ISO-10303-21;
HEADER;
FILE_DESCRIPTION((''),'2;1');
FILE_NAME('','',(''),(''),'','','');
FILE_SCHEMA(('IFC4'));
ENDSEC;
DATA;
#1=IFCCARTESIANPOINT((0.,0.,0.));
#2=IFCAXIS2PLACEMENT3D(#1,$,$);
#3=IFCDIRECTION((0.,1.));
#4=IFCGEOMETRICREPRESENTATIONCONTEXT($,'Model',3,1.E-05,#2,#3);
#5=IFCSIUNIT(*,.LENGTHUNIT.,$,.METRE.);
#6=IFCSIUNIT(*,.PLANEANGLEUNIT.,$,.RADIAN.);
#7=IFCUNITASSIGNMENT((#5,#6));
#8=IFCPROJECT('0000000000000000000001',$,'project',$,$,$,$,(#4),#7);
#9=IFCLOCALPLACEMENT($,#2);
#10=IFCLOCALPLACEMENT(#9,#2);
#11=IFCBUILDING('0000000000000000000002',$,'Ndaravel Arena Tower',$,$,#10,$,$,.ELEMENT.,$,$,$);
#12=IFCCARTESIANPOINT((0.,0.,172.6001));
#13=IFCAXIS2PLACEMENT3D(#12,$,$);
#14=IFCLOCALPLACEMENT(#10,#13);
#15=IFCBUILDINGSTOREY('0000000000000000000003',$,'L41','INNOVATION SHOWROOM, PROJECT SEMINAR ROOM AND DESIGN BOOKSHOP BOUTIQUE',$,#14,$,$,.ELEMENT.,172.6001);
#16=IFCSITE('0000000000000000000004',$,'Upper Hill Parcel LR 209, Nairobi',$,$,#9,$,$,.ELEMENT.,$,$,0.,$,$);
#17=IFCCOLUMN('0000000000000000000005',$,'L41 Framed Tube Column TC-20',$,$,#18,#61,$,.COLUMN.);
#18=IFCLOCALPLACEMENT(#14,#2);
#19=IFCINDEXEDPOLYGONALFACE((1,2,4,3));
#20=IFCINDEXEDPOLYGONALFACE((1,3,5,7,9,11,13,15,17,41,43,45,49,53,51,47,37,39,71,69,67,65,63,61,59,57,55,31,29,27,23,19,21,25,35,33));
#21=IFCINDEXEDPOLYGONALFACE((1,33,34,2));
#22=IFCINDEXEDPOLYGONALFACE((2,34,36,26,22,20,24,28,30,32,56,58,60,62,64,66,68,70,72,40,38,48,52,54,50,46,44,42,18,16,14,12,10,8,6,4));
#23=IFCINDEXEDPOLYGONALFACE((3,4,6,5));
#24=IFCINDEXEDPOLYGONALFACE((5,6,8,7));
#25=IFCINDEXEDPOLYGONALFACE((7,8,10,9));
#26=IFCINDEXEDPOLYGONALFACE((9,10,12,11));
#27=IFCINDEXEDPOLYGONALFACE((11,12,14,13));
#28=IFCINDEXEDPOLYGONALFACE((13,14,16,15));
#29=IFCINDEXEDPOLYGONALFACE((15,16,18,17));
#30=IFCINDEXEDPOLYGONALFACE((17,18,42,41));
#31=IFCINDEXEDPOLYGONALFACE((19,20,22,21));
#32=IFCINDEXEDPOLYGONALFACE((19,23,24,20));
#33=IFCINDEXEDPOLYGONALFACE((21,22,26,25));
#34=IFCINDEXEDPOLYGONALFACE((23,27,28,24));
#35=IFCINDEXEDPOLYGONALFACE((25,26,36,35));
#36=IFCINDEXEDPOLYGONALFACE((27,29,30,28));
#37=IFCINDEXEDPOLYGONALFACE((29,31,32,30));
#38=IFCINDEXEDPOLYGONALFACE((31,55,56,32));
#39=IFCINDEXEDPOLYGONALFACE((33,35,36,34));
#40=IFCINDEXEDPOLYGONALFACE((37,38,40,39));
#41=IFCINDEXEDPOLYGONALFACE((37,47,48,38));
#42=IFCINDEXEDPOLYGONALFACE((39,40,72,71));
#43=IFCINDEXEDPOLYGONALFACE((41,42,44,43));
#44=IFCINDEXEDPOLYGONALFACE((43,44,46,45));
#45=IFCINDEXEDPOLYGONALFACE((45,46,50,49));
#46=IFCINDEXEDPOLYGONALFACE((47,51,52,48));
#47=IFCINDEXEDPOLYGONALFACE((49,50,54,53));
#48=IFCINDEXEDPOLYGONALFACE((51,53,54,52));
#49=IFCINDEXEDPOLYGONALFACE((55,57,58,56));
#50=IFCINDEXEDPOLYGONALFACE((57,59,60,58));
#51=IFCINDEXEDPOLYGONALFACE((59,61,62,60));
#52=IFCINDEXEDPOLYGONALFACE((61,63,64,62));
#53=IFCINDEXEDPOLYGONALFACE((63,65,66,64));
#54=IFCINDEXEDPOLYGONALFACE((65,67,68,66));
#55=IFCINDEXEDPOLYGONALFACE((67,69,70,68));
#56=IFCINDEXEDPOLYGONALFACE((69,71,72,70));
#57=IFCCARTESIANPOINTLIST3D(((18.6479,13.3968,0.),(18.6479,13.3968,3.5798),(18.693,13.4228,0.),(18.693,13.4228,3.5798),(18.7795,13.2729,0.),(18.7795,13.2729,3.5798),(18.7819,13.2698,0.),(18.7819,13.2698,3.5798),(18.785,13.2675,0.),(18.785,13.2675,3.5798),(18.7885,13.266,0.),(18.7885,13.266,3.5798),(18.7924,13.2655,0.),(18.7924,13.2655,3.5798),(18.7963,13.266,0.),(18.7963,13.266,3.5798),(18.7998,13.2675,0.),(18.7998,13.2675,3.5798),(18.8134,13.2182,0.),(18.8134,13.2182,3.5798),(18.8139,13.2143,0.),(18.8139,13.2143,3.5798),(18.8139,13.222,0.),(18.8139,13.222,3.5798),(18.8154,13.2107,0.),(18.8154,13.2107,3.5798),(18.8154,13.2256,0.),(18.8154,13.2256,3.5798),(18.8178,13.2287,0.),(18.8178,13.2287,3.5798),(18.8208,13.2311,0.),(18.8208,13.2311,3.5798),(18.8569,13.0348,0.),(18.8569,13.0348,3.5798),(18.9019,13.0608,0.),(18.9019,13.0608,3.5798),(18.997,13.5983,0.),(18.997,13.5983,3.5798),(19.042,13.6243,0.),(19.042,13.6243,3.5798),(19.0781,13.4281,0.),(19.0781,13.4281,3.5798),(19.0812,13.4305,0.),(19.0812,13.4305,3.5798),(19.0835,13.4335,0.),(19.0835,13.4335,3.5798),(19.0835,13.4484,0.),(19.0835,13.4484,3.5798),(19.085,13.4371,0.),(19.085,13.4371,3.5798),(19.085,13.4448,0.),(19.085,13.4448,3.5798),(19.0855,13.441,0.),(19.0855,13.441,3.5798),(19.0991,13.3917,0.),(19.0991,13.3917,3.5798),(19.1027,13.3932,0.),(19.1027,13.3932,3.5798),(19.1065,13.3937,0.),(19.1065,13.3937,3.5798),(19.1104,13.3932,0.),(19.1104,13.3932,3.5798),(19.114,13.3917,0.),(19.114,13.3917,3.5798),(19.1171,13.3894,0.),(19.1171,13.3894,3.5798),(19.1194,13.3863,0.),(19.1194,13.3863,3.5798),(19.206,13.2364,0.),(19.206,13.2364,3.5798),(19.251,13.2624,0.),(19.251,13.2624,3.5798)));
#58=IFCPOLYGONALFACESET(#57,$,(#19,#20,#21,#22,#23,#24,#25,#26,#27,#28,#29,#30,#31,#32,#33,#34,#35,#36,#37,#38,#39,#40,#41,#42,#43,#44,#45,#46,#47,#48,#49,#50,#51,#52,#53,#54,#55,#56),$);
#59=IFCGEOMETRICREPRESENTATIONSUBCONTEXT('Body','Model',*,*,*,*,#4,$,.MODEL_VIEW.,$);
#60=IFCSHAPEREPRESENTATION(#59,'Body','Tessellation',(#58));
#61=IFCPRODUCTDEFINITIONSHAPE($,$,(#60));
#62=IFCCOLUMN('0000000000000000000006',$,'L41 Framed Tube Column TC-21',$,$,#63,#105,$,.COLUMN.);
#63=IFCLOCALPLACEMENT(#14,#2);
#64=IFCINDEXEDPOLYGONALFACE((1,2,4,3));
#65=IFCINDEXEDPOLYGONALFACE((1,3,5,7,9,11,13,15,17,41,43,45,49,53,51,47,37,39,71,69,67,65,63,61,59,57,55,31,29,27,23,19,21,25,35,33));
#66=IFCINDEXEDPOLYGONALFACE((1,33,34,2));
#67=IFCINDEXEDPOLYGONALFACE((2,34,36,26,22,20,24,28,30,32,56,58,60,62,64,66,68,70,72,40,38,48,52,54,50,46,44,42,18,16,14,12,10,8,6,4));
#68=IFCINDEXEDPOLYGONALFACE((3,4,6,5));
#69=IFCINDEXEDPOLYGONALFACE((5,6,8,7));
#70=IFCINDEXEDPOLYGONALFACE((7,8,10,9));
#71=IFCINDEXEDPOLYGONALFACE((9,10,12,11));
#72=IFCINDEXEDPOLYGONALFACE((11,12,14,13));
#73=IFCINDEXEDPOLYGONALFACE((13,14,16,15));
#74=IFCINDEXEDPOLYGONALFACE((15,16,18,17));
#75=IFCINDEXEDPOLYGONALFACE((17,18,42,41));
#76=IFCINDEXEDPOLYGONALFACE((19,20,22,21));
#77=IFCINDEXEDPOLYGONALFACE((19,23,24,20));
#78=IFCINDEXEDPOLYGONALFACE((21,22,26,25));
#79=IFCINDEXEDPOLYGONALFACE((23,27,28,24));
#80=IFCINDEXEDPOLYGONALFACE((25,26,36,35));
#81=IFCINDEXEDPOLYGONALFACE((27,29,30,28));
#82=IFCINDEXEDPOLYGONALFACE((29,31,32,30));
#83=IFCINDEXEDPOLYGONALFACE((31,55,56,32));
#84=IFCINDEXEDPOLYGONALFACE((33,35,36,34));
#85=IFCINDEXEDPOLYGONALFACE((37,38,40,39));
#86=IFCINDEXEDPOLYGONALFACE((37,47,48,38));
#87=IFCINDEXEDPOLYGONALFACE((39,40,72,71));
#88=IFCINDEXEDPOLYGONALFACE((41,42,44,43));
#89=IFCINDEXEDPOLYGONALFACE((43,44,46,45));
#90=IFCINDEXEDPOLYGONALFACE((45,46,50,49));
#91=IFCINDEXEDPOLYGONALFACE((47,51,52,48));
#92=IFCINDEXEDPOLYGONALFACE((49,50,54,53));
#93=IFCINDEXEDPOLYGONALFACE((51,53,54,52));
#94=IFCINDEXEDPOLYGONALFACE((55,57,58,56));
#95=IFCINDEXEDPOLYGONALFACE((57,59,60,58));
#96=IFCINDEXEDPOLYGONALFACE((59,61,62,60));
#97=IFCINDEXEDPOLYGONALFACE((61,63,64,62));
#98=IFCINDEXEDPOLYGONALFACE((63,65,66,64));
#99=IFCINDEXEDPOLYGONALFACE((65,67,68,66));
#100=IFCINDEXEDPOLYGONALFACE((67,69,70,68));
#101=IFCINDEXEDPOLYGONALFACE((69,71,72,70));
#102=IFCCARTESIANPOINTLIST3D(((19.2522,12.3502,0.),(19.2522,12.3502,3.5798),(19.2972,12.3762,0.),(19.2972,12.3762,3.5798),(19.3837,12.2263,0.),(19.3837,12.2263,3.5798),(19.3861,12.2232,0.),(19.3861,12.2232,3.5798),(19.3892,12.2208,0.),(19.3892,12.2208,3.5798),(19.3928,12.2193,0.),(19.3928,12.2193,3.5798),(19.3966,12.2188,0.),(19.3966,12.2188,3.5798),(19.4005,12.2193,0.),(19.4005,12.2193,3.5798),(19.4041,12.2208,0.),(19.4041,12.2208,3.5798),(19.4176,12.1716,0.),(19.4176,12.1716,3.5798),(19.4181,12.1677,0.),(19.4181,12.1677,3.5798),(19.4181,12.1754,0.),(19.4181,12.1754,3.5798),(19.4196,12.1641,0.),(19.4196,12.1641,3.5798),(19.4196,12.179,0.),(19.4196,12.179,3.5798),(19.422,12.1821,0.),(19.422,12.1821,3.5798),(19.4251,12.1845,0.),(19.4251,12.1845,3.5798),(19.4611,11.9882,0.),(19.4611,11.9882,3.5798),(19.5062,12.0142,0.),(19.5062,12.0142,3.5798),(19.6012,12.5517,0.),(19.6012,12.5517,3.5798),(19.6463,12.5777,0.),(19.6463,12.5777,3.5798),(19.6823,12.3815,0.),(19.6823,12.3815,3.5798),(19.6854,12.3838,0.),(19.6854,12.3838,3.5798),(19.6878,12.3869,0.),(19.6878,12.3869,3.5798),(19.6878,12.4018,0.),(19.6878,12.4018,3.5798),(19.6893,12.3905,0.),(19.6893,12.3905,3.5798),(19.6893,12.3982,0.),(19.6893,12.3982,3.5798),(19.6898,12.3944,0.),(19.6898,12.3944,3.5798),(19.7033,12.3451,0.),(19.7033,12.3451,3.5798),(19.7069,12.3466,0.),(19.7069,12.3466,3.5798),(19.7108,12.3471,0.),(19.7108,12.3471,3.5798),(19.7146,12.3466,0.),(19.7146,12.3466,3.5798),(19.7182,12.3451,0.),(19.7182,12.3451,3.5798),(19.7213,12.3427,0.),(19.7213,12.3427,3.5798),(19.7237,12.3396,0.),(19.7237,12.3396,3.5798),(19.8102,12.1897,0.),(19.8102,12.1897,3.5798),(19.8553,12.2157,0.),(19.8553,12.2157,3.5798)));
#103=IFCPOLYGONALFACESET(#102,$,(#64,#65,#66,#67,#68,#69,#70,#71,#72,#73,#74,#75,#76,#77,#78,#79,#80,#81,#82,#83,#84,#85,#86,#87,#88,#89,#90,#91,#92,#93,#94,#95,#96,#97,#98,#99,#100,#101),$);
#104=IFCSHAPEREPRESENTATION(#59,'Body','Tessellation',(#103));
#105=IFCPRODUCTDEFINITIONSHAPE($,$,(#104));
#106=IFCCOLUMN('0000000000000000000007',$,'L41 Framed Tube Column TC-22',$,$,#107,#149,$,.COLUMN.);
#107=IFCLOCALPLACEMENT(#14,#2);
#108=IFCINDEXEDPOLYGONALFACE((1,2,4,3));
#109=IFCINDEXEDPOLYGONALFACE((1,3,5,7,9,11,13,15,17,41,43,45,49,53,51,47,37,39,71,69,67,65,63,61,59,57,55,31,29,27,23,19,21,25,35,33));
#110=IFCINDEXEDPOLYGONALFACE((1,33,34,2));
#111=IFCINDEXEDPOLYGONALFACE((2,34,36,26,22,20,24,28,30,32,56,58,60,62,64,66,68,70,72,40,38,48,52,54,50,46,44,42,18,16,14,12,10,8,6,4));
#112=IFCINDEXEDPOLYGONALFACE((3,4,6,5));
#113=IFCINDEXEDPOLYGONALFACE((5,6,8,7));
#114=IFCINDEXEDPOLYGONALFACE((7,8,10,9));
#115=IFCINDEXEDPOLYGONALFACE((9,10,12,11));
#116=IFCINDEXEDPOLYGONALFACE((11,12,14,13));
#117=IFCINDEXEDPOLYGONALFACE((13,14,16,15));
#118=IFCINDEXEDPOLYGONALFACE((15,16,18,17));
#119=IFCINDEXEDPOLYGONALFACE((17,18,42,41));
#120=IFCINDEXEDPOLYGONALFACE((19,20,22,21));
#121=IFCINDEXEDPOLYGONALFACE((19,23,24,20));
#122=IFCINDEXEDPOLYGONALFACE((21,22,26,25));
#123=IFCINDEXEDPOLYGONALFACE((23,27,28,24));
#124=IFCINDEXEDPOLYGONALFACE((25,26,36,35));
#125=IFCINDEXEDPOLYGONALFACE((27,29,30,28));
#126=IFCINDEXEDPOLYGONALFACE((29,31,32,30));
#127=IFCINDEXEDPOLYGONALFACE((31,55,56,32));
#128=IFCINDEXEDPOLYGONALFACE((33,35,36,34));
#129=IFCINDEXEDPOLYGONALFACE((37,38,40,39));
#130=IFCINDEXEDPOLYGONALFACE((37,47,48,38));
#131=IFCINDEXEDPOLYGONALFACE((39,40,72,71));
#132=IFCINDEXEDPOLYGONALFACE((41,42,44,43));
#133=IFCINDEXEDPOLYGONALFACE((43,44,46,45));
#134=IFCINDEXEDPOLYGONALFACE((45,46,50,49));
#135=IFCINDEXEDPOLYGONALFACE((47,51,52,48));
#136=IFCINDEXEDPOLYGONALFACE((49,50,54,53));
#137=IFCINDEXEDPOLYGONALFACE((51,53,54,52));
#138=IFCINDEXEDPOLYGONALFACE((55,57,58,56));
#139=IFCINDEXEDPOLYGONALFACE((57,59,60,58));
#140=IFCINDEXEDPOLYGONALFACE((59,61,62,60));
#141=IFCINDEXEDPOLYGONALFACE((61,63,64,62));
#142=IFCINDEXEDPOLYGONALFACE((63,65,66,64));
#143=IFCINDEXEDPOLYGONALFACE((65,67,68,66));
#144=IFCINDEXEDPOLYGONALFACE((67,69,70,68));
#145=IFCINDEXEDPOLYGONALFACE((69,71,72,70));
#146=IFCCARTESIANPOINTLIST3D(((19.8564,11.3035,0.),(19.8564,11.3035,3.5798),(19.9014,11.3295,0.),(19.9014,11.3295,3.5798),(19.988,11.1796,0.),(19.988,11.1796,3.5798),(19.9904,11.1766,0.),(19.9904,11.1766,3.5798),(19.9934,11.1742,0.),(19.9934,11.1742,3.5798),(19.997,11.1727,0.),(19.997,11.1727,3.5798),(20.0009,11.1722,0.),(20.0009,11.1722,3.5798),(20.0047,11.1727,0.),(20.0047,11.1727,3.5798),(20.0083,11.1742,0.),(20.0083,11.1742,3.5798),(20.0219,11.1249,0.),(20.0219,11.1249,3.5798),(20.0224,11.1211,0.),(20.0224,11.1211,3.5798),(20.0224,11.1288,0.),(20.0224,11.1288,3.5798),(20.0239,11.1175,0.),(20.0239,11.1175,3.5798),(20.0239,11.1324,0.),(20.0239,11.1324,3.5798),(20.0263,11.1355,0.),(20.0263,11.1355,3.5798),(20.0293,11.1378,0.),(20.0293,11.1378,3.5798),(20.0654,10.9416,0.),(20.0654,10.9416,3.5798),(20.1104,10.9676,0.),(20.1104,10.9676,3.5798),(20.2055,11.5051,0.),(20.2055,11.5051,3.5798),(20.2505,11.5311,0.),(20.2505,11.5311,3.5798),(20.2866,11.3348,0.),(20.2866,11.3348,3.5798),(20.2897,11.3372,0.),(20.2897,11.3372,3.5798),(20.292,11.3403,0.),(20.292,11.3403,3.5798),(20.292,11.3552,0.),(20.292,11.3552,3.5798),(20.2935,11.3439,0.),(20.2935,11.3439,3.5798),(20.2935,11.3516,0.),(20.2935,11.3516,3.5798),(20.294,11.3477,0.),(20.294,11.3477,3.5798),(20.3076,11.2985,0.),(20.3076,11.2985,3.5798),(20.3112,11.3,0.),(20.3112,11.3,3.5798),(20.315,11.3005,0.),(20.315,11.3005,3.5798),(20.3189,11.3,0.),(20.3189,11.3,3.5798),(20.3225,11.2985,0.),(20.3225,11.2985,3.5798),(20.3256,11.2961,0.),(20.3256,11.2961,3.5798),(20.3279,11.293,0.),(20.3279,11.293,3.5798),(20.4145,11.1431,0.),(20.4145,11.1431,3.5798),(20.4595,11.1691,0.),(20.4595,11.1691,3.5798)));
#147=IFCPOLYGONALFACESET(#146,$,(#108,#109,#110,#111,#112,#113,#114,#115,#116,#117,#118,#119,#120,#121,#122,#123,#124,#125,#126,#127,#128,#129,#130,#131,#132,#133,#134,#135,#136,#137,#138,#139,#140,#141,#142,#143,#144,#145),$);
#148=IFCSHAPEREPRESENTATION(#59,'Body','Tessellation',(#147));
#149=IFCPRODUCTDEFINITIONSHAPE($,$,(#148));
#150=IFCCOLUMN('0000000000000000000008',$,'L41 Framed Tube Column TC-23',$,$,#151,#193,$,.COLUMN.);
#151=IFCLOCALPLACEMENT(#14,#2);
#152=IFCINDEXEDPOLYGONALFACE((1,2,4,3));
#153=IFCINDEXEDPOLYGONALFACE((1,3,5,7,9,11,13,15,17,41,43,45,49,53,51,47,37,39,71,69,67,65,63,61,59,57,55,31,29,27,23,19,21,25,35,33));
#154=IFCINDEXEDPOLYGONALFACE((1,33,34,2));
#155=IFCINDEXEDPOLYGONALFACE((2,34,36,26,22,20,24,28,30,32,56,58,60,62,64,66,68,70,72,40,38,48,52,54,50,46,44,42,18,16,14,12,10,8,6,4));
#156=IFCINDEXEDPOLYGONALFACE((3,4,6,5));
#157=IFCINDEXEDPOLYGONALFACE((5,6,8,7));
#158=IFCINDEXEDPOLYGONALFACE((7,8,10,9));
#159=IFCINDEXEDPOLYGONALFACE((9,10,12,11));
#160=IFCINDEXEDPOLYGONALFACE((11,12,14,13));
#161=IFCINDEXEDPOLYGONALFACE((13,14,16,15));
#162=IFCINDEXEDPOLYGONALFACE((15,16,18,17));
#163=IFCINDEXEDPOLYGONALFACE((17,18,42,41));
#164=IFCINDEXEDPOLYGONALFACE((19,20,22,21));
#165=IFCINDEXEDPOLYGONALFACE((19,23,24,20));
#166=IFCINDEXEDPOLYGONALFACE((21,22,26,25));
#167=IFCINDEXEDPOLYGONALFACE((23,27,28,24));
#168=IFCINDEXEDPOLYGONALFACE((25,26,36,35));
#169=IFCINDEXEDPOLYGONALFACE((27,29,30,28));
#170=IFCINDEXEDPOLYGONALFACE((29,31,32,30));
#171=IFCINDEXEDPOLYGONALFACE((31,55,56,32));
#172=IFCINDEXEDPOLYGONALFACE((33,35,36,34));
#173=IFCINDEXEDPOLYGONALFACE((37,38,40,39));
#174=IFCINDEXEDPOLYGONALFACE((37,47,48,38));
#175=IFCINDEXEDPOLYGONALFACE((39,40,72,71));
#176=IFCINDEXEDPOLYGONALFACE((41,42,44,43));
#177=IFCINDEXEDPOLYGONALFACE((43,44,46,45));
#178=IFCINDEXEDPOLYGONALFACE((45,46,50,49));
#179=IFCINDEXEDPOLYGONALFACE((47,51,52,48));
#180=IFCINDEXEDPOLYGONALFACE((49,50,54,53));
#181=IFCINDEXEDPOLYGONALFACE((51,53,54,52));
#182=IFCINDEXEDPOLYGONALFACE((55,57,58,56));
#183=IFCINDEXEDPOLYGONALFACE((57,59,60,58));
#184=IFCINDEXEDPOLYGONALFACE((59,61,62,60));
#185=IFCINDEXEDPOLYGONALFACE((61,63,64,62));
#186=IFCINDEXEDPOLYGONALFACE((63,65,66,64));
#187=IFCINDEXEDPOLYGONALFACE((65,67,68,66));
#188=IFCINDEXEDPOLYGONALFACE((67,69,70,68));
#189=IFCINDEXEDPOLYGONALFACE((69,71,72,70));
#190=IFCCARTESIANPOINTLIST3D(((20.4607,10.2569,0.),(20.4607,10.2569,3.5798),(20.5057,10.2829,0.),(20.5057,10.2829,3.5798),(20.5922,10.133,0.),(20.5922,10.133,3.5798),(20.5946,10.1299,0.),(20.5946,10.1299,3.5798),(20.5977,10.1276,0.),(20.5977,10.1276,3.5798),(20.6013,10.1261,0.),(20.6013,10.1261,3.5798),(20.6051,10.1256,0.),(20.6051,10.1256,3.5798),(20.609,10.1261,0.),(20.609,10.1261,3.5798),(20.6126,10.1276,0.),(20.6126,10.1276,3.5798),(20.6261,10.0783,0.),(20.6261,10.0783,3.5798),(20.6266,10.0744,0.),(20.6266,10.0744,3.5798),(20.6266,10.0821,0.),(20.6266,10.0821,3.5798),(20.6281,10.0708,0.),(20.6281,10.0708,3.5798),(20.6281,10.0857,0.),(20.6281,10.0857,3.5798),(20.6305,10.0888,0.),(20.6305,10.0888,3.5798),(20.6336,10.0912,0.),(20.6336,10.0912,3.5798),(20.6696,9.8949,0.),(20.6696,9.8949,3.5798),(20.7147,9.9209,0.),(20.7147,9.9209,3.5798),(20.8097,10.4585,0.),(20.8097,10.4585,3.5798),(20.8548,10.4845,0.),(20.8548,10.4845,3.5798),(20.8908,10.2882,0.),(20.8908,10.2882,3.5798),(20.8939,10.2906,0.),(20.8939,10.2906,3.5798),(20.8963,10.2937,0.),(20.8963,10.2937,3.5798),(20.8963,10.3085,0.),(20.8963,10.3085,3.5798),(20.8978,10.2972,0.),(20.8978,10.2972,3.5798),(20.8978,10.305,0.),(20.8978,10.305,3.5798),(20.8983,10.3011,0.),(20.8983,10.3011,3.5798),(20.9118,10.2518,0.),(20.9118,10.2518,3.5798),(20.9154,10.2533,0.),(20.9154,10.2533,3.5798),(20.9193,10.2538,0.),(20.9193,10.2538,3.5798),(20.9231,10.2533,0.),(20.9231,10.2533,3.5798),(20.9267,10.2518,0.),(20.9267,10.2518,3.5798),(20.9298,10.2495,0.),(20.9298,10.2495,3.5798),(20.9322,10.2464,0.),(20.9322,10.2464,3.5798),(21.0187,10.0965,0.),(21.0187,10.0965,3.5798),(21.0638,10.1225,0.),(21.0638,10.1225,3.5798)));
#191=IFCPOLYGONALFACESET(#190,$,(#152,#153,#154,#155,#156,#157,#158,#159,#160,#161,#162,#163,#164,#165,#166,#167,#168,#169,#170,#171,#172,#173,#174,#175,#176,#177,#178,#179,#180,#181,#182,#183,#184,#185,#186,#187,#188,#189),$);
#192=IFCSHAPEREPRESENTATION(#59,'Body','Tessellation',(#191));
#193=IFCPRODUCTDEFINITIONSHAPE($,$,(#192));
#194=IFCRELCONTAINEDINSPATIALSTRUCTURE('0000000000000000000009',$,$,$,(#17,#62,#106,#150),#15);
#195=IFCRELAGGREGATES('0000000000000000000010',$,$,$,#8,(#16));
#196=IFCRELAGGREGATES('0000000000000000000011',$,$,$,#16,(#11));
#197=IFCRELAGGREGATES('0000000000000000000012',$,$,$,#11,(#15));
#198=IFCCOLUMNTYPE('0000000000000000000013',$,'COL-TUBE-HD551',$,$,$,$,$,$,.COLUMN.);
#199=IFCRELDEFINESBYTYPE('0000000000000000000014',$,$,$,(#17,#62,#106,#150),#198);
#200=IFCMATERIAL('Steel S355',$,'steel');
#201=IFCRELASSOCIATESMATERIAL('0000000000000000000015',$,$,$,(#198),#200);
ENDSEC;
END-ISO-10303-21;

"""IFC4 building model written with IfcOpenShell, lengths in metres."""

from ifc_helpers import new_model, si_unit, direction, frame, origin, origin_2d, place, context, subcontext, project, spatial, i_section, extrude, material, material_profile, profile_set, type_object, element, save


model = new_model("IFC4")

# Units and contexts
model_context = context("Model", 3, precision=1e-05, world=origin(), true_north=direction((0.0, 1.0)))
body_context = subcontext(model_context, "Body", "Model", "MODEL_VIEW")
ifc_project = project(units=[si_unit("LENGTHUNIT", "METRE"), si_unit("PLANEANGLEUNIT", "RADIAN")], contexts=[model_context])

# Site, building, storey
site_placement = place(None, origin())
site = spatial("IfcSite", under=ifc_project, at=site_placement, Name="Upper Hill Parcel LR 209, Nairobi", CompositionType="ELEMENT", RefElevation=0.0)
building_placement = place(site_placement, origin())
building = spatial("IfcBuilding", under=site, at=building_placement, Name="Ndaravel Arena Tower", CompositionType="ELEMENT")
storey_placement = place(building_placement, frame((0.0, 0.0, 172.6001)))
storey = spatial("IfcBuildingStorey", under=building, at=storey_placement, Name="L41", Description="INNOVATION SHOWROOM, PROJECT SEMINAR ROOM AND DESIGN BOOKSHOP BOUTIQUE", CompositionType="ELEMENT", Elevation=172.6001)

# Columns
ifc_material_1 = material(Name="Steel S355", Category="steel")
ifc_material_profile_1 = material_profile(ifc_material_1, i_section(OverallWidth=0.418, OverallDepth=0.4551, WebThickness=0.042, FlangeThickness=0.052, FilletRadius=0.0149, at=origin_2d()), Name="HD 400x551")
ifc_profile_set_1 = profile_set([ifc_material_profile_1], Name="Steel S355")
column_type = type_object("IfcColumnType", Name="COL-TUBE-HD551", PredefinedType="COLUMN", material=ifc_profile_set_1)
for number, where, z_axis, x_axis, name in (
    (1, (18.9495, 13.3296, 0.0), (0.0, 0.0, 1.0), (-0.5, 0.866025, 0.0), "L41 Framed Tube Column TC-20"),
    (2, (19.5537, 12.283, 0.0), (0.0, 0.0, 1.0), (-0.5, 0.866025, 0.0), "L41 Framed Tube Column TC-21"),
    (3, (20.158, 11.2363, 0.0), (0.0, 0.0, 1.0), (-0.5, 0.866025, 0.0), "L41 Framed Tube Column TC-22"),
    (4, (20.7622, 10.1897, 0.0), (0.0, 0.0, 1.0), (-0.5, 0.866025, 0.0), "L41 Framed Tube Column TC-23"),
):
    element("IfcColumn", number, at=place(storey_placement, frame(where, z_axis=z_axis, x_axis=x_axis)), inside=storey, type_object=column_type, Name=name, PredefinedType="COLUMN", context=body_context, shape_type="SweptSolid", body=[
        extrude(i_section(OverallWidth=0.418, OverallDepth=0.4551, WebThickness=0.042, FlangeThickness=0.052, FilletRadius=0.0149, at=origin_2d()), origin(), (0.0, 0.0, 1.0), 3.5798),
    ])

save(model, "model.ifc")
